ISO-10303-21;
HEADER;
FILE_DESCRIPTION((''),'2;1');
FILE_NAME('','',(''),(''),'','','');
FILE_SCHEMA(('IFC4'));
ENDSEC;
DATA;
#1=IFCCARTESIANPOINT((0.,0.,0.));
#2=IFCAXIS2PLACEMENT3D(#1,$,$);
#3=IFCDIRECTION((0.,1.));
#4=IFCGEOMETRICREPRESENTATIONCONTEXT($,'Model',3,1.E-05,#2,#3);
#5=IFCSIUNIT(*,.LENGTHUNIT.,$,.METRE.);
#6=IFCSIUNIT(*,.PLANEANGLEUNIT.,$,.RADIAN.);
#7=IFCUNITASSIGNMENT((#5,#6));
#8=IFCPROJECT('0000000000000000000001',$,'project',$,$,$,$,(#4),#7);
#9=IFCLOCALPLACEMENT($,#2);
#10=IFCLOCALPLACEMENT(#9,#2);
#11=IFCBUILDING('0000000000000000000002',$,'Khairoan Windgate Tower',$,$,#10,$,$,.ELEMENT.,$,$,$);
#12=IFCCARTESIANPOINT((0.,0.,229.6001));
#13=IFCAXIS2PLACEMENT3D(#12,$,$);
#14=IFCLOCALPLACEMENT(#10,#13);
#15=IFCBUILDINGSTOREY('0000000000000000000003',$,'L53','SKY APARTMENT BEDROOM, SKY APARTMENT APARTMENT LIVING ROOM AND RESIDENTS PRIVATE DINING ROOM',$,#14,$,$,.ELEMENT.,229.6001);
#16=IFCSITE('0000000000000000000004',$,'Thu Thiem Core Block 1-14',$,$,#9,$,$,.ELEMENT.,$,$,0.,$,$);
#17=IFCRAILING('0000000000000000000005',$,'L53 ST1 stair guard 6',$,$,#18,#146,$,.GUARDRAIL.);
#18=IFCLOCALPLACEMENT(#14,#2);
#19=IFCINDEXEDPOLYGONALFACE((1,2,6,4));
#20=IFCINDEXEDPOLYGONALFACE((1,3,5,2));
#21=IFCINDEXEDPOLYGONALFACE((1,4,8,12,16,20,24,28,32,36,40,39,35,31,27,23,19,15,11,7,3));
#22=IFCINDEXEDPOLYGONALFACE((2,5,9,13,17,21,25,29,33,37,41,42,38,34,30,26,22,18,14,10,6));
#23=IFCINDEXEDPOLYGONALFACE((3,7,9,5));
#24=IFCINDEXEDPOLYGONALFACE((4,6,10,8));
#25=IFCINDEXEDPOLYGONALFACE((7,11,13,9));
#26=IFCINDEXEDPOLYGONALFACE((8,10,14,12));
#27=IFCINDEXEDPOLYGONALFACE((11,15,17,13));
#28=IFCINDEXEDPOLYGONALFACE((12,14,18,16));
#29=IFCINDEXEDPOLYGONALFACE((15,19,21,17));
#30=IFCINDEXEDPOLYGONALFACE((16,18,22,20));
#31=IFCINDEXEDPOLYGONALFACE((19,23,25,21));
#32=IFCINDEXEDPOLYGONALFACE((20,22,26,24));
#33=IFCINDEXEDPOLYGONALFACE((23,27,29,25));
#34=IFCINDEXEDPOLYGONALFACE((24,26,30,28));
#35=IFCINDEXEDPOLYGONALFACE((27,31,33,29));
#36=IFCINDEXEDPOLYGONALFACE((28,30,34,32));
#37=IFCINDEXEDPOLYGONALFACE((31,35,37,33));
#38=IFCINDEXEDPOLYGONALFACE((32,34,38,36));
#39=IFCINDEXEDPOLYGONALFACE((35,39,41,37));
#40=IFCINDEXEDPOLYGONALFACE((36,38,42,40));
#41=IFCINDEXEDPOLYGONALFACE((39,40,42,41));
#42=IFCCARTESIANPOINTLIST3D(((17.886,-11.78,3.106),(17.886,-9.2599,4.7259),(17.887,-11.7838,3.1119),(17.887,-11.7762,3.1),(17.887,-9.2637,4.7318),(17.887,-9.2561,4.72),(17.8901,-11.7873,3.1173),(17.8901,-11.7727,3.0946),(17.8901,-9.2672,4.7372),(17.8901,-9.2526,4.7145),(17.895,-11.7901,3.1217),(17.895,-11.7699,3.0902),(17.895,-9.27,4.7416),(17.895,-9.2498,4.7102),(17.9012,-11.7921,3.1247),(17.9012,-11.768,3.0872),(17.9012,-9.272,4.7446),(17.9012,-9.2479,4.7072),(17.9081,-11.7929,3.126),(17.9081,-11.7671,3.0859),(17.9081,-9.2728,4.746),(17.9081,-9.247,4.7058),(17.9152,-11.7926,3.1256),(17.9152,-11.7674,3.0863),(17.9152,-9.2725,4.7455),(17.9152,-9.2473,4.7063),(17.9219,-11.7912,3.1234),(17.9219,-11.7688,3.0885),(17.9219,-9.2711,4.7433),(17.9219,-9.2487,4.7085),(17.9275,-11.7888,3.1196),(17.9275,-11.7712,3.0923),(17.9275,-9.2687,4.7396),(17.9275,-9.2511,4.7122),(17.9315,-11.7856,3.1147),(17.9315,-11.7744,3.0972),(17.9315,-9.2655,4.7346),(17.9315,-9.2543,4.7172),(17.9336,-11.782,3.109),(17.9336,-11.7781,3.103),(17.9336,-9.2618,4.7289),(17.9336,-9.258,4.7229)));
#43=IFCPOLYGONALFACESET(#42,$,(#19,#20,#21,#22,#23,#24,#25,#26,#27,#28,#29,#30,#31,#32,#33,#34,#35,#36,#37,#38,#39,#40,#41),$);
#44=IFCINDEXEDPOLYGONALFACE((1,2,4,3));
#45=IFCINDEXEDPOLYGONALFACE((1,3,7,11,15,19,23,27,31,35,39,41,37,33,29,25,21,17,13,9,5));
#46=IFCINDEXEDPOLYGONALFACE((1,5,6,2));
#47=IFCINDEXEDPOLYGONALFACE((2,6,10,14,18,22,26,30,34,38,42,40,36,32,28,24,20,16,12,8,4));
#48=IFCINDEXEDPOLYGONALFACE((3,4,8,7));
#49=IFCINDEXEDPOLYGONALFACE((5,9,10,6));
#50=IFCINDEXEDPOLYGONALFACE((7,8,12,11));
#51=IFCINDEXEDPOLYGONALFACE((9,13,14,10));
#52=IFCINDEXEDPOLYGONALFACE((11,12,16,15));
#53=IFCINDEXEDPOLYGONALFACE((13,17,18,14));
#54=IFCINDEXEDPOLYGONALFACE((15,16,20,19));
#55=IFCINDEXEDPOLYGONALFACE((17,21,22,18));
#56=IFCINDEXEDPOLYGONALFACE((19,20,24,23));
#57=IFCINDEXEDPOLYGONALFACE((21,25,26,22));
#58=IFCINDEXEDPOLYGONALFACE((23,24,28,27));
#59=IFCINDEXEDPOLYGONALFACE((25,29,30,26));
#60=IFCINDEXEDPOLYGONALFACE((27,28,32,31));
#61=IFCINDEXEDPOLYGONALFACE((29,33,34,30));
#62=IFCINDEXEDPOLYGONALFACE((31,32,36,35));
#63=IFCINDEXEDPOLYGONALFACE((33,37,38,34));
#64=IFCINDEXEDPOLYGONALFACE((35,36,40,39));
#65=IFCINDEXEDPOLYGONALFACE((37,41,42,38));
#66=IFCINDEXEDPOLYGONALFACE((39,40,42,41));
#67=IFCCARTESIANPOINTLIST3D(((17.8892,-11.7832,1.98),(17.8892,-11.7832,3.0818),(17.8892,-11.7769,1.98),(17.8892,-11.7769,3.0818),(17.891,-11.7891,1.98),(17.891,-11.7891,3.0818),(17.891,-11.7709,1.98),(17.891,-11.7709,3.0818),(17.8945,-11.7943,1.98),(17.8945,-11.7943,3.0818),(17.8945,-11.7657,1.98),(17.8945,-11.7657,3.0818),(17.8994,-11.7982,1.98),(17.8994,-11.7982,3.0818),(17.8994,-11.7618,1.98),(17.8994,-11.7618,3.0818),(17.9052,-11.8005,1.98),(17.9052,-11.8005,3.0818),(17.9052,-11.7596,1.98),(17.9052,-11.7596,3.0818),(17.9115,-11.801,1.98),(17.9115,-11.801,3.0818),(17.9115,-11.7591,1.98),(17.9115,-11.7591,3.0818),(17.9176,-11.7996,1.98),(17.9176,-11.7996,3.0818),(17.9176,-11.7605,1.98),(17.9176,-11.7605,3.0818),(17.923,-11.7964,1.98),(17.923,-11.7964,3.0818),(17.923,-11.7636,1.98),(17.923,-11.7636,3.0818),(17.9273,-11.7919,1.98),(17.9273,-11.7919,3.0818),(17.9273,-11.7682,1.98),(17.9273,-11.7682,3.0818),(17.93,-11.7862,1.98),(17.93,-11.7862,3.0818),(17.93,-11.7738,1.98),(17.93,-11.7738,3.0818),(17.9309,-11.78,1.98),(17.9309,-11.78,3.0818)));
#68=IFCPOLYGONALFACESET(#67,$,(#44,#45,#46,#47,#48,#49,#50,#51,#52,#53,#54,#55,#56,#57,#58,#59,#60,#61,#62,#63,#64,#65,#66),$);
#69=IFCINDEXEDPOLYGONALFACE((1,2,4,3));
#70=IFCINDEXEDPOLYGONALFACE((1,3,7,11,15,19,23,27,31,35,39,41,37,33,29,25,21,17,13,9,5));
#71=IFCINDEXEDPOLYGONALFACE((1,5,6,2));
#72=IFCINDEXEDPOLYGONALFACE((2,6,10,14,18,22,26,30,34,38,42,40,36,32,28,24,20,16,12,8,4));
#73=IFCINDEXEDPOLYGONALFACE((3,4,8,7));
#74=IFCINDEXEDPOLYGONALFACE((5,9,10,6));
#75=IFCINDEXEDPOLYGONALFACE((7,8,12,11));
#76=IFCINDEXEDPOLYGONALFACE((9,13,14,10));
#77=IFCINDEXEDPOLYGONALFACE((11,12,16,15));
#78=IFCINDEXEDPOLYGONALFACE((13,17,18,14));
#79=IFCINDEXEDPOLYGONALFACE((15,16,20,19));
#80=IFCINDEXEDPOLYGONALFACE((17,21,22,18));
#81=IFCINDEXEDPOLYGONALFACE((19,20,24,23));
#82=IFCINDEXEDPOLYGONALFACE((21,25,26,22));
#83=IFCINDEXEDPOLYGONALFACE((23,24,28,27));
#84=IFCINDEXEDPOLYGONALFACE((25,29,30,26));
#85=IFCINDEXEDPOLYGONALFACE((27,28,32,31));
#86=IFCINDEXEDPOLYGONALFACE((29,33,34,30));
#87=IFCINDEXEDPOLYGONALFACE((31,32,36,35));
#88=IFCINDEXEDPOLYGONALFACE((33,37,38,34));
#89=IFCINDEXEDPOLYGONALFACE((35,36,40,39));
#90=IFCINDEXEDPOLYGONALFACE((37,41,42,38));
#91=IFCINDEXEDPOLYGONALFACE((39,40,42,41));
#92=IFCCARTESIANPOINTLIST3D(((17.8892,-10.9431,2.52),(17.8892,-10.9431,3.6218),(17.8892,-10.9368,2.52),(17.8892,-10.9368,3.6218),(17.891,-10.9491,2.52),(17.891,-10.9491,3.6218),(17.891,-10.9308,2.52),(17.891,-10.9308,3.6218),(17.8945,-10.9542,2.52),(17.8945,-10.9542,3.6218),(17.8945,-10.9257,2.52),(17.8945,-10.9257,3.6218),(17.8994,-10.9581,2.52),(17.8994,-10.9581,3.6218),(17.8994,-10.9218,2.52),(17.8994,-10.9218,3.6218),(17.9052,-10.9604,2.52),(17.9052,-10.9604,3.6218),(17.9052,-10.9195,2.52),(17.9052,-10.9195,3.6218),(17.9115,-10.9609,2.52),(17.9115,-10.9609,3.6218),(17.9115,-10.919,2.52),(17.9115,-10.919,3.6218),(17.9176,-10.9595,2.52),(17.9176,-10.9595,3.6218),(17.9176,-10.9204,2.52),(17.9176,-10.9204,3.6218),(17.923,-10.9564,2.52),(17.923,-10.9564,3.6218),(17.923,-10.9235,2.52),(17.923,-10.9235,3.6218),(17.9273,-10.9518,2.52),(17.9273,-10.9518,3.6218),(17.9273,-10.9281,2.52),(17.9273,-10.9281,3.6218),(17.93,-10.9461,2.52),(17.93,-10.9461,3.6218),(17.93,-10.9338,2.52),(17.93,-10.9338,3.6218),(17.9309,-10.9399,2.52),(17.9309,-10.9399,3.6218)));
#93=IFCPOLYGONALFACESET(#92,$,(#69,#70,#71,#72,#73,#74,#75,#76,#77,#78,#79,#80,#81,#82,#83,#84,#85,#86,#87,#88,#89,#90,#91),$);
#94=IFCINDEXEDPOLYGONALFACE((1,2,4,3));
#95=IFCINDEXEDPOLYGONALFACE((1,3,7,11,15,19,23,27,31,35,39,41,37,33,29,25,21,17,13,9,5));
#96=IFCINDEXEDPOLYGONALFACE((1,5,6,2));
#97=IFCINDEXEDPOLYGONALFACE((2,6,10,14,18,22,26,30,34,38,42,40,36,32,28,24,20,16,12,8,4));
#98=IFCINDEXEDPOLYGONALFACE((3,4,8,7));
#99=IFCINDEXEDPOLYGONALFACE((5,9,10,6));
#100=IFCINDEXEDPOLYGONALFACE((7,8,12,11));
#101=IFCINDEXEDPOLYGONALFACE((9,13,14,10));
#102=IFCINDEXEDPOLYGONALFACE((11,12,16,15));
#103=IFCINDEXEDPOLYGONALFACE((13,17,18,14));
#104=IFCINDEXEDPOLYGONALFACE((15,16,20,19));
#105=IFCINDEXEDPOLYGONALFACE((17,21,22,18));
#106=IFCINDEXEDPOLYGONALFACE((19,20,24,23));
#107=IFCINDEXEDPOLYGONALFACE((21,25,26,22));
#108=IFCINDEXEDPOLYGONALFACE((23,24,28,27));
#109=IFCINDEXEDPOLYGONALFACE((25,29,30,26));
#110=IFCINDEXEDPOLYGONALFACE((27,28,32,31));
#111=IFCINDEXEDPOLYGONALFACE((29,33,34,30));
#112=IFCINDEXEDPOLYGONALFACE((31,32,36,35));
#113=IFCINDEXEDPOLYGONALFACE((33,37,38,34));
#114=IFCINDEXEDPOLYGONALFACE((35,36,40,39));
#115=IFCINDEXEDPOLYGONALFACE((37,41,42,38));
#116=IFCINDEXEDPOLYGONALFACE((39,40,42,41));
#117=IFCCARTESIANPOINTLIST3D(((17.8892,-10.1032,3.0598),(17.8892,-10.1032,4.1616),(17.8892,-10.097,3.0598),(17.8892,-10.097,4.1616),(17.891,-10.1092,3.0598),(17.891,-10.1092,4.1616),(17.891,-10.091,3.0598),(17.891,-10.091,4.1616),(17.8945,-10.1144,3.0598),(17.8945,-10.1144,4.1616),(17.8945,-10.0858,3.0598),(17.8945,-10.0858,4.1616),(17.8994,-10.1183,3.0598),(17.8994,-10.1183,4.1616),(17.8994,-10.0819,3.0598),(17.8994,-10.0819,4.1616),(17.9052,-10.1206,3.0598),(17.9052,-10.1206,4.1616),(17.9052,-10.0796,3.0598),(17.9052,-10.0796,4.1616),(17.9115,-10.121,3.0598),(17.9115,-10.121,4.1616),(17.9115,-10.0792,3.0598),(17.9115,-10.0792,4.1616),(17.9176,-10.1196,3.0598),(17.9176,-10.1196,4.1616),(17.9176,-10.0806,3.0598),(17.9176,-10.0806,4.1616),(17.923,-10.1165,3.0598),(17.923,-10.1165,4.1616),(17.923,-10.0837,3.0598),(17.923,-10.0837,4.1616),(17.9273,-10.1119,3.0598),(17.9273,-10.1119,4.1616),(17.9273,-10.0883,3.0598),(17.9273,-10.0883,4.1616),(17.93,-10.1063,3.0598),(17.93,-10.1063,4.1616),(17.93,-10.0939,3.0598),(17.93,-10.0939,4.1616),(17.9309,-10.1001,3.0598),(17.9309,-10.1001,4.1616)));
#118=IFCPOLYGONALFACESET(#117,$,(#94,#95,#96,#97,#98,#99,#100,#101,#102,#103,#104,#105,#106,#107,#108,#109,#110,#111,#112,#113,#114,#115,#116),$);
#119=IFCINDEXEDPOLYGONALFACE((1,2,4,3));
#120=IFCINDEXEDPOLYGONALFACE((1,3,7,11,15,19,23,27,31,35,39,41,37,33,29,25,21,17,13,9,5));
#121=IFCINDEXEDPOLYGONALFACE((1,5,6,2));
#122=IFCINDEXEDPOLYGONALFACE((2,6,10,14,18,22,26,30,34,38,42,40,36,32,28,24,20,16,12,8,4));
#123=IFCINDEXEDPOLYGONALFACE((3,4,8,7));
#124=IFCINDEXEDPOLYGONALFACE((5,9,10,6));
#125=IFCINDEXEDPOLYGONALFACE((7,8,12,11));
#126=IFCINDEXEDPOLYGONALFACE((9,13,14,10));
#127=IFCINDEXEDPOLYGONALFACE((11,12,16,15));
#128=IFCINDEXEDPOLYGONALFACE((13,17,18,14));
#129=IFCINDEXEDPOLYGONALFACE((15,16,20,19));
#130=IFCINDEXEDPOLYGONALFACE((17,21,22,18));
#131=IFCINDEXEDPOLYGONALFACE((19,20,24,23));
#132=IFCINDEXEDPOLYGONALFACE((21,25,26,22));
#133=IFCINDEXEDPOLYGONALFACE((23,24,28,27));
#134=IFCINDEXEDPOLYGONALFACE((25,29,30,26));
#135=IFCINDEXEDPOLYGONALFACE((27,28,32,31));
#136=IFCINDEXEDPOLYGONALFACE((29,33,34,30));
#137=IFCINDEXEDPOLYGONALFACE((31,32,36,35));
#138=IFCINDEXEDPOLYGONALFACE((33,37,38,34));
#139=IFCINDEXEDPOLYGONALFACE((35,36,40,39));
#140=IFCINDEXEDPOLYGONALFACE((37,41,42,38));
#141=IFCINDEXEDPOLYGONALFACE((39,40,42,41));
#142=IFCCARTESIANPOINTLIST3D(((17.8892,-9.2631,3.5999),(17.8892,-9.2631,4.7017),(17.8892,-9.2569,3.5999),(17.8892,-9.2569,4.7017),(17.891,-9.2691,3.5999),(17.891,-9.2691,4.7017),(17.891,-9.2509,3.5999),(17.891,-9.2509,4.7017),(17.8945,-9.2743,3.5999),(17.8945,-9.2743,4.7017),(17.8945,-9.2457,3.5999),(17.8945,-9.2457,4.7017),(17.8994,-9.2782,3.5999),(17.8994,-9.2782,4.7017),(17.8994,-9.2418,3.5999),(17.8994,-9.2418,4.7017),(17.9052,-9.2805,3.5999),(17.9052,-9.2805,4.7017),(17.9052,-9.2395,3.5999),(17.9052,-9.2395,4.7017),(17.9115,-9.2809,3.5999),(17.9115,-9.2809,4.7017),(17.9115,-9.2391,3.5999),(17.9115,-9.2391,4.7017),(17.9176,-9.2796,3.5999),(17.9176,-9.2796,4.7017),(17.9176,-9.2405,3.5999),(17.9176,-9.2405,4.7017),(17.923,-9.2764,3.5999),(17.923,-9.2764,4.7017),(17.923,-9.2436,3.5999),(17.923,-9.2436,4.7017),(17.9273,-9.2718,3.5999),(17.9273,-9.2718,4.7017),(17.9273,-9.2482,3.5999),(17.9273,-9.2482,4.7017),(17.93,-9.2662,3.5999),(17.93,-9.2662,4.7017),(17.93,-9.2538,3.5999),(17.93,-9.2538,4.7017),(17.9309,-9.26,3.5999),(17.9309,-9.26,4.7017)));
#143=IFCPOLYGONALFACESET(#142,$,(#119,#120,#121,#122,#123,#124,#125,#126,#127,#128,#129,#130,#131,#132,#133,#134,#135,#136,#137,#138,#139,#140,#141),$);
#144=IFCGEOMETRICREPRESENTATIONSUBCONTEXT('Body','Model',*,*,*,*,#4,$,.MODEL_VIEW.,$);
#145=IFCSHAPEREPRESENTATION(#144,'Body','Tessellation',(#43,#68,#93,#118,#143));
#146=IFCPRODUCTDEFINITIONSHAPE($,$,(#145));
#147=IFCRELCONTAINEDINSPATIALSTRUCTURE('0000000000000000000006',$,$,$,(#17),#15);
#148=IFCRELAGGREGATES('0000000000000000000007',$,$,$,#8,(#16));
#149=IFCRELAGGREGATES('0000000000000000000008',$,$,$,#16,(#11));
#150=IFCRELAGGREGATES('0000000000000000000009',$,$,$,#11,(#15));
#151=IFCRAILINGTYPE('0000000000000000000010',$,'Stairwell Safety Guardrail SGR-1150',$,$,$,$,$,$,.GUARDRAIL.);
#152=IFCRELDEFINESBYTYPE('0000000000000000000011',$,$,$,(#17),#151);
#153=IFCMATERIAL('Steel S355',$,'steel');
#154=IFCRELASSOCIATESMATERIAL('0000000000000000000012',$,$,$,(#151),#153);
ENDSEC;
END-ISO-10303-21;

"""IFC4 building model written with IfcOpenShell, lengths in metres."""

from ifc_helpers import new_model, si_unit, direction, frame, origin, origin_2d, place, context, subcontext, project, spatial, circle, extrude, material, type_object, element, save


model = new_model("IFC4")

# Units and contexts
model_context = context("Model", 3, precision=1e-05, world=origin(), true_north=direction((0.0, 1.0)))
body_context = subcontext(model_context, "Body", "Model", "MODEL_VIEW")
ifc_project = project(units=[si_unit("LENGTHUNIT", "METRE"), si_unit("PLANEANGLEUNIT", "RADIAN")], contexts=[model_context])

# Site, building, storey
site_placement = place(None, origin())
site = spatial("IfcSite", under=ifc_project, at=site_placement, Name="Thu Thiem Core Block 1-14", CompositionType="ELEMENT", RefElevation=0.0)
building_placement = place(site_placement, origin())
building = spatial("IfcBuilding", under=site, at=building_placement, Name="Khairoan Windgate Tower", CompositionType="ELEMENT")
storey_placement = place(building_placement, frame((0.0, 0.0, 229.6001)))
storey = spatial("IfcBuildingStorey", under=building, at=storey_placement, Name="L53", Description="SKY APARTMENT BEDROOM, SKY APARTMENT APARTMENT LIVING ROOM AND RESIDENTS PRIVATE DINING ROOM", CompositionType="ELEMENT", Elevation=229.6001)

# Railing
ifc_material_1 = material(Name="Steel S355", Category="steel")
railing_type = type_object("IfcRailingType", Name="Stairwell Safety Guardrail SGR-1150", PredefinedType="GUARDRAIL", material=ifc_material_1)
railing_1_placement = place(storey_placement, frame((17.9099, -11.78, 1.98)))
element("IfcRailing", 1, at=railing_1_placement, inside=storey, type_object=railing_type, Name="L53 ST1 stair guard 6", PredefinedType="GUARDRAIL", context=body_context, shape_type="SweptSolid", body=[
    extrude(circle(Radius=0.0239, at=origin_2d()), frame((0.0, 0.0, 1.126), z_axis=(0.0, 0.8412, 0.540725), x_axis=(-1.0, 0.0, 0.0)), (0.0, 0.0, 1.0), 2.9958),
    extrude(circle(Radius=0.021, at=origin_2d()), origin(), (0.0, 0.0, 1.0), 1.1018),
    extrude(circle(Radius=0.021, at=origin_2d()), frame((0.0, 0.8401, 0.54)), (0.0, 0.0, 1.0), 1.1018),
    extrude(circle(Radius=0.021, at=origin_2d()), frame((0.0, 1.6799, 1.0798)), (0.0, 0.0, 1.0), 1.1018),
    extrude(circle(Radius=0.021, at=origin_2d()), frame((0.0, 2.52, 1.6199)), (0.0, 0.0, 1.0), 1.1018),
])

save(model, "model.ifc")
